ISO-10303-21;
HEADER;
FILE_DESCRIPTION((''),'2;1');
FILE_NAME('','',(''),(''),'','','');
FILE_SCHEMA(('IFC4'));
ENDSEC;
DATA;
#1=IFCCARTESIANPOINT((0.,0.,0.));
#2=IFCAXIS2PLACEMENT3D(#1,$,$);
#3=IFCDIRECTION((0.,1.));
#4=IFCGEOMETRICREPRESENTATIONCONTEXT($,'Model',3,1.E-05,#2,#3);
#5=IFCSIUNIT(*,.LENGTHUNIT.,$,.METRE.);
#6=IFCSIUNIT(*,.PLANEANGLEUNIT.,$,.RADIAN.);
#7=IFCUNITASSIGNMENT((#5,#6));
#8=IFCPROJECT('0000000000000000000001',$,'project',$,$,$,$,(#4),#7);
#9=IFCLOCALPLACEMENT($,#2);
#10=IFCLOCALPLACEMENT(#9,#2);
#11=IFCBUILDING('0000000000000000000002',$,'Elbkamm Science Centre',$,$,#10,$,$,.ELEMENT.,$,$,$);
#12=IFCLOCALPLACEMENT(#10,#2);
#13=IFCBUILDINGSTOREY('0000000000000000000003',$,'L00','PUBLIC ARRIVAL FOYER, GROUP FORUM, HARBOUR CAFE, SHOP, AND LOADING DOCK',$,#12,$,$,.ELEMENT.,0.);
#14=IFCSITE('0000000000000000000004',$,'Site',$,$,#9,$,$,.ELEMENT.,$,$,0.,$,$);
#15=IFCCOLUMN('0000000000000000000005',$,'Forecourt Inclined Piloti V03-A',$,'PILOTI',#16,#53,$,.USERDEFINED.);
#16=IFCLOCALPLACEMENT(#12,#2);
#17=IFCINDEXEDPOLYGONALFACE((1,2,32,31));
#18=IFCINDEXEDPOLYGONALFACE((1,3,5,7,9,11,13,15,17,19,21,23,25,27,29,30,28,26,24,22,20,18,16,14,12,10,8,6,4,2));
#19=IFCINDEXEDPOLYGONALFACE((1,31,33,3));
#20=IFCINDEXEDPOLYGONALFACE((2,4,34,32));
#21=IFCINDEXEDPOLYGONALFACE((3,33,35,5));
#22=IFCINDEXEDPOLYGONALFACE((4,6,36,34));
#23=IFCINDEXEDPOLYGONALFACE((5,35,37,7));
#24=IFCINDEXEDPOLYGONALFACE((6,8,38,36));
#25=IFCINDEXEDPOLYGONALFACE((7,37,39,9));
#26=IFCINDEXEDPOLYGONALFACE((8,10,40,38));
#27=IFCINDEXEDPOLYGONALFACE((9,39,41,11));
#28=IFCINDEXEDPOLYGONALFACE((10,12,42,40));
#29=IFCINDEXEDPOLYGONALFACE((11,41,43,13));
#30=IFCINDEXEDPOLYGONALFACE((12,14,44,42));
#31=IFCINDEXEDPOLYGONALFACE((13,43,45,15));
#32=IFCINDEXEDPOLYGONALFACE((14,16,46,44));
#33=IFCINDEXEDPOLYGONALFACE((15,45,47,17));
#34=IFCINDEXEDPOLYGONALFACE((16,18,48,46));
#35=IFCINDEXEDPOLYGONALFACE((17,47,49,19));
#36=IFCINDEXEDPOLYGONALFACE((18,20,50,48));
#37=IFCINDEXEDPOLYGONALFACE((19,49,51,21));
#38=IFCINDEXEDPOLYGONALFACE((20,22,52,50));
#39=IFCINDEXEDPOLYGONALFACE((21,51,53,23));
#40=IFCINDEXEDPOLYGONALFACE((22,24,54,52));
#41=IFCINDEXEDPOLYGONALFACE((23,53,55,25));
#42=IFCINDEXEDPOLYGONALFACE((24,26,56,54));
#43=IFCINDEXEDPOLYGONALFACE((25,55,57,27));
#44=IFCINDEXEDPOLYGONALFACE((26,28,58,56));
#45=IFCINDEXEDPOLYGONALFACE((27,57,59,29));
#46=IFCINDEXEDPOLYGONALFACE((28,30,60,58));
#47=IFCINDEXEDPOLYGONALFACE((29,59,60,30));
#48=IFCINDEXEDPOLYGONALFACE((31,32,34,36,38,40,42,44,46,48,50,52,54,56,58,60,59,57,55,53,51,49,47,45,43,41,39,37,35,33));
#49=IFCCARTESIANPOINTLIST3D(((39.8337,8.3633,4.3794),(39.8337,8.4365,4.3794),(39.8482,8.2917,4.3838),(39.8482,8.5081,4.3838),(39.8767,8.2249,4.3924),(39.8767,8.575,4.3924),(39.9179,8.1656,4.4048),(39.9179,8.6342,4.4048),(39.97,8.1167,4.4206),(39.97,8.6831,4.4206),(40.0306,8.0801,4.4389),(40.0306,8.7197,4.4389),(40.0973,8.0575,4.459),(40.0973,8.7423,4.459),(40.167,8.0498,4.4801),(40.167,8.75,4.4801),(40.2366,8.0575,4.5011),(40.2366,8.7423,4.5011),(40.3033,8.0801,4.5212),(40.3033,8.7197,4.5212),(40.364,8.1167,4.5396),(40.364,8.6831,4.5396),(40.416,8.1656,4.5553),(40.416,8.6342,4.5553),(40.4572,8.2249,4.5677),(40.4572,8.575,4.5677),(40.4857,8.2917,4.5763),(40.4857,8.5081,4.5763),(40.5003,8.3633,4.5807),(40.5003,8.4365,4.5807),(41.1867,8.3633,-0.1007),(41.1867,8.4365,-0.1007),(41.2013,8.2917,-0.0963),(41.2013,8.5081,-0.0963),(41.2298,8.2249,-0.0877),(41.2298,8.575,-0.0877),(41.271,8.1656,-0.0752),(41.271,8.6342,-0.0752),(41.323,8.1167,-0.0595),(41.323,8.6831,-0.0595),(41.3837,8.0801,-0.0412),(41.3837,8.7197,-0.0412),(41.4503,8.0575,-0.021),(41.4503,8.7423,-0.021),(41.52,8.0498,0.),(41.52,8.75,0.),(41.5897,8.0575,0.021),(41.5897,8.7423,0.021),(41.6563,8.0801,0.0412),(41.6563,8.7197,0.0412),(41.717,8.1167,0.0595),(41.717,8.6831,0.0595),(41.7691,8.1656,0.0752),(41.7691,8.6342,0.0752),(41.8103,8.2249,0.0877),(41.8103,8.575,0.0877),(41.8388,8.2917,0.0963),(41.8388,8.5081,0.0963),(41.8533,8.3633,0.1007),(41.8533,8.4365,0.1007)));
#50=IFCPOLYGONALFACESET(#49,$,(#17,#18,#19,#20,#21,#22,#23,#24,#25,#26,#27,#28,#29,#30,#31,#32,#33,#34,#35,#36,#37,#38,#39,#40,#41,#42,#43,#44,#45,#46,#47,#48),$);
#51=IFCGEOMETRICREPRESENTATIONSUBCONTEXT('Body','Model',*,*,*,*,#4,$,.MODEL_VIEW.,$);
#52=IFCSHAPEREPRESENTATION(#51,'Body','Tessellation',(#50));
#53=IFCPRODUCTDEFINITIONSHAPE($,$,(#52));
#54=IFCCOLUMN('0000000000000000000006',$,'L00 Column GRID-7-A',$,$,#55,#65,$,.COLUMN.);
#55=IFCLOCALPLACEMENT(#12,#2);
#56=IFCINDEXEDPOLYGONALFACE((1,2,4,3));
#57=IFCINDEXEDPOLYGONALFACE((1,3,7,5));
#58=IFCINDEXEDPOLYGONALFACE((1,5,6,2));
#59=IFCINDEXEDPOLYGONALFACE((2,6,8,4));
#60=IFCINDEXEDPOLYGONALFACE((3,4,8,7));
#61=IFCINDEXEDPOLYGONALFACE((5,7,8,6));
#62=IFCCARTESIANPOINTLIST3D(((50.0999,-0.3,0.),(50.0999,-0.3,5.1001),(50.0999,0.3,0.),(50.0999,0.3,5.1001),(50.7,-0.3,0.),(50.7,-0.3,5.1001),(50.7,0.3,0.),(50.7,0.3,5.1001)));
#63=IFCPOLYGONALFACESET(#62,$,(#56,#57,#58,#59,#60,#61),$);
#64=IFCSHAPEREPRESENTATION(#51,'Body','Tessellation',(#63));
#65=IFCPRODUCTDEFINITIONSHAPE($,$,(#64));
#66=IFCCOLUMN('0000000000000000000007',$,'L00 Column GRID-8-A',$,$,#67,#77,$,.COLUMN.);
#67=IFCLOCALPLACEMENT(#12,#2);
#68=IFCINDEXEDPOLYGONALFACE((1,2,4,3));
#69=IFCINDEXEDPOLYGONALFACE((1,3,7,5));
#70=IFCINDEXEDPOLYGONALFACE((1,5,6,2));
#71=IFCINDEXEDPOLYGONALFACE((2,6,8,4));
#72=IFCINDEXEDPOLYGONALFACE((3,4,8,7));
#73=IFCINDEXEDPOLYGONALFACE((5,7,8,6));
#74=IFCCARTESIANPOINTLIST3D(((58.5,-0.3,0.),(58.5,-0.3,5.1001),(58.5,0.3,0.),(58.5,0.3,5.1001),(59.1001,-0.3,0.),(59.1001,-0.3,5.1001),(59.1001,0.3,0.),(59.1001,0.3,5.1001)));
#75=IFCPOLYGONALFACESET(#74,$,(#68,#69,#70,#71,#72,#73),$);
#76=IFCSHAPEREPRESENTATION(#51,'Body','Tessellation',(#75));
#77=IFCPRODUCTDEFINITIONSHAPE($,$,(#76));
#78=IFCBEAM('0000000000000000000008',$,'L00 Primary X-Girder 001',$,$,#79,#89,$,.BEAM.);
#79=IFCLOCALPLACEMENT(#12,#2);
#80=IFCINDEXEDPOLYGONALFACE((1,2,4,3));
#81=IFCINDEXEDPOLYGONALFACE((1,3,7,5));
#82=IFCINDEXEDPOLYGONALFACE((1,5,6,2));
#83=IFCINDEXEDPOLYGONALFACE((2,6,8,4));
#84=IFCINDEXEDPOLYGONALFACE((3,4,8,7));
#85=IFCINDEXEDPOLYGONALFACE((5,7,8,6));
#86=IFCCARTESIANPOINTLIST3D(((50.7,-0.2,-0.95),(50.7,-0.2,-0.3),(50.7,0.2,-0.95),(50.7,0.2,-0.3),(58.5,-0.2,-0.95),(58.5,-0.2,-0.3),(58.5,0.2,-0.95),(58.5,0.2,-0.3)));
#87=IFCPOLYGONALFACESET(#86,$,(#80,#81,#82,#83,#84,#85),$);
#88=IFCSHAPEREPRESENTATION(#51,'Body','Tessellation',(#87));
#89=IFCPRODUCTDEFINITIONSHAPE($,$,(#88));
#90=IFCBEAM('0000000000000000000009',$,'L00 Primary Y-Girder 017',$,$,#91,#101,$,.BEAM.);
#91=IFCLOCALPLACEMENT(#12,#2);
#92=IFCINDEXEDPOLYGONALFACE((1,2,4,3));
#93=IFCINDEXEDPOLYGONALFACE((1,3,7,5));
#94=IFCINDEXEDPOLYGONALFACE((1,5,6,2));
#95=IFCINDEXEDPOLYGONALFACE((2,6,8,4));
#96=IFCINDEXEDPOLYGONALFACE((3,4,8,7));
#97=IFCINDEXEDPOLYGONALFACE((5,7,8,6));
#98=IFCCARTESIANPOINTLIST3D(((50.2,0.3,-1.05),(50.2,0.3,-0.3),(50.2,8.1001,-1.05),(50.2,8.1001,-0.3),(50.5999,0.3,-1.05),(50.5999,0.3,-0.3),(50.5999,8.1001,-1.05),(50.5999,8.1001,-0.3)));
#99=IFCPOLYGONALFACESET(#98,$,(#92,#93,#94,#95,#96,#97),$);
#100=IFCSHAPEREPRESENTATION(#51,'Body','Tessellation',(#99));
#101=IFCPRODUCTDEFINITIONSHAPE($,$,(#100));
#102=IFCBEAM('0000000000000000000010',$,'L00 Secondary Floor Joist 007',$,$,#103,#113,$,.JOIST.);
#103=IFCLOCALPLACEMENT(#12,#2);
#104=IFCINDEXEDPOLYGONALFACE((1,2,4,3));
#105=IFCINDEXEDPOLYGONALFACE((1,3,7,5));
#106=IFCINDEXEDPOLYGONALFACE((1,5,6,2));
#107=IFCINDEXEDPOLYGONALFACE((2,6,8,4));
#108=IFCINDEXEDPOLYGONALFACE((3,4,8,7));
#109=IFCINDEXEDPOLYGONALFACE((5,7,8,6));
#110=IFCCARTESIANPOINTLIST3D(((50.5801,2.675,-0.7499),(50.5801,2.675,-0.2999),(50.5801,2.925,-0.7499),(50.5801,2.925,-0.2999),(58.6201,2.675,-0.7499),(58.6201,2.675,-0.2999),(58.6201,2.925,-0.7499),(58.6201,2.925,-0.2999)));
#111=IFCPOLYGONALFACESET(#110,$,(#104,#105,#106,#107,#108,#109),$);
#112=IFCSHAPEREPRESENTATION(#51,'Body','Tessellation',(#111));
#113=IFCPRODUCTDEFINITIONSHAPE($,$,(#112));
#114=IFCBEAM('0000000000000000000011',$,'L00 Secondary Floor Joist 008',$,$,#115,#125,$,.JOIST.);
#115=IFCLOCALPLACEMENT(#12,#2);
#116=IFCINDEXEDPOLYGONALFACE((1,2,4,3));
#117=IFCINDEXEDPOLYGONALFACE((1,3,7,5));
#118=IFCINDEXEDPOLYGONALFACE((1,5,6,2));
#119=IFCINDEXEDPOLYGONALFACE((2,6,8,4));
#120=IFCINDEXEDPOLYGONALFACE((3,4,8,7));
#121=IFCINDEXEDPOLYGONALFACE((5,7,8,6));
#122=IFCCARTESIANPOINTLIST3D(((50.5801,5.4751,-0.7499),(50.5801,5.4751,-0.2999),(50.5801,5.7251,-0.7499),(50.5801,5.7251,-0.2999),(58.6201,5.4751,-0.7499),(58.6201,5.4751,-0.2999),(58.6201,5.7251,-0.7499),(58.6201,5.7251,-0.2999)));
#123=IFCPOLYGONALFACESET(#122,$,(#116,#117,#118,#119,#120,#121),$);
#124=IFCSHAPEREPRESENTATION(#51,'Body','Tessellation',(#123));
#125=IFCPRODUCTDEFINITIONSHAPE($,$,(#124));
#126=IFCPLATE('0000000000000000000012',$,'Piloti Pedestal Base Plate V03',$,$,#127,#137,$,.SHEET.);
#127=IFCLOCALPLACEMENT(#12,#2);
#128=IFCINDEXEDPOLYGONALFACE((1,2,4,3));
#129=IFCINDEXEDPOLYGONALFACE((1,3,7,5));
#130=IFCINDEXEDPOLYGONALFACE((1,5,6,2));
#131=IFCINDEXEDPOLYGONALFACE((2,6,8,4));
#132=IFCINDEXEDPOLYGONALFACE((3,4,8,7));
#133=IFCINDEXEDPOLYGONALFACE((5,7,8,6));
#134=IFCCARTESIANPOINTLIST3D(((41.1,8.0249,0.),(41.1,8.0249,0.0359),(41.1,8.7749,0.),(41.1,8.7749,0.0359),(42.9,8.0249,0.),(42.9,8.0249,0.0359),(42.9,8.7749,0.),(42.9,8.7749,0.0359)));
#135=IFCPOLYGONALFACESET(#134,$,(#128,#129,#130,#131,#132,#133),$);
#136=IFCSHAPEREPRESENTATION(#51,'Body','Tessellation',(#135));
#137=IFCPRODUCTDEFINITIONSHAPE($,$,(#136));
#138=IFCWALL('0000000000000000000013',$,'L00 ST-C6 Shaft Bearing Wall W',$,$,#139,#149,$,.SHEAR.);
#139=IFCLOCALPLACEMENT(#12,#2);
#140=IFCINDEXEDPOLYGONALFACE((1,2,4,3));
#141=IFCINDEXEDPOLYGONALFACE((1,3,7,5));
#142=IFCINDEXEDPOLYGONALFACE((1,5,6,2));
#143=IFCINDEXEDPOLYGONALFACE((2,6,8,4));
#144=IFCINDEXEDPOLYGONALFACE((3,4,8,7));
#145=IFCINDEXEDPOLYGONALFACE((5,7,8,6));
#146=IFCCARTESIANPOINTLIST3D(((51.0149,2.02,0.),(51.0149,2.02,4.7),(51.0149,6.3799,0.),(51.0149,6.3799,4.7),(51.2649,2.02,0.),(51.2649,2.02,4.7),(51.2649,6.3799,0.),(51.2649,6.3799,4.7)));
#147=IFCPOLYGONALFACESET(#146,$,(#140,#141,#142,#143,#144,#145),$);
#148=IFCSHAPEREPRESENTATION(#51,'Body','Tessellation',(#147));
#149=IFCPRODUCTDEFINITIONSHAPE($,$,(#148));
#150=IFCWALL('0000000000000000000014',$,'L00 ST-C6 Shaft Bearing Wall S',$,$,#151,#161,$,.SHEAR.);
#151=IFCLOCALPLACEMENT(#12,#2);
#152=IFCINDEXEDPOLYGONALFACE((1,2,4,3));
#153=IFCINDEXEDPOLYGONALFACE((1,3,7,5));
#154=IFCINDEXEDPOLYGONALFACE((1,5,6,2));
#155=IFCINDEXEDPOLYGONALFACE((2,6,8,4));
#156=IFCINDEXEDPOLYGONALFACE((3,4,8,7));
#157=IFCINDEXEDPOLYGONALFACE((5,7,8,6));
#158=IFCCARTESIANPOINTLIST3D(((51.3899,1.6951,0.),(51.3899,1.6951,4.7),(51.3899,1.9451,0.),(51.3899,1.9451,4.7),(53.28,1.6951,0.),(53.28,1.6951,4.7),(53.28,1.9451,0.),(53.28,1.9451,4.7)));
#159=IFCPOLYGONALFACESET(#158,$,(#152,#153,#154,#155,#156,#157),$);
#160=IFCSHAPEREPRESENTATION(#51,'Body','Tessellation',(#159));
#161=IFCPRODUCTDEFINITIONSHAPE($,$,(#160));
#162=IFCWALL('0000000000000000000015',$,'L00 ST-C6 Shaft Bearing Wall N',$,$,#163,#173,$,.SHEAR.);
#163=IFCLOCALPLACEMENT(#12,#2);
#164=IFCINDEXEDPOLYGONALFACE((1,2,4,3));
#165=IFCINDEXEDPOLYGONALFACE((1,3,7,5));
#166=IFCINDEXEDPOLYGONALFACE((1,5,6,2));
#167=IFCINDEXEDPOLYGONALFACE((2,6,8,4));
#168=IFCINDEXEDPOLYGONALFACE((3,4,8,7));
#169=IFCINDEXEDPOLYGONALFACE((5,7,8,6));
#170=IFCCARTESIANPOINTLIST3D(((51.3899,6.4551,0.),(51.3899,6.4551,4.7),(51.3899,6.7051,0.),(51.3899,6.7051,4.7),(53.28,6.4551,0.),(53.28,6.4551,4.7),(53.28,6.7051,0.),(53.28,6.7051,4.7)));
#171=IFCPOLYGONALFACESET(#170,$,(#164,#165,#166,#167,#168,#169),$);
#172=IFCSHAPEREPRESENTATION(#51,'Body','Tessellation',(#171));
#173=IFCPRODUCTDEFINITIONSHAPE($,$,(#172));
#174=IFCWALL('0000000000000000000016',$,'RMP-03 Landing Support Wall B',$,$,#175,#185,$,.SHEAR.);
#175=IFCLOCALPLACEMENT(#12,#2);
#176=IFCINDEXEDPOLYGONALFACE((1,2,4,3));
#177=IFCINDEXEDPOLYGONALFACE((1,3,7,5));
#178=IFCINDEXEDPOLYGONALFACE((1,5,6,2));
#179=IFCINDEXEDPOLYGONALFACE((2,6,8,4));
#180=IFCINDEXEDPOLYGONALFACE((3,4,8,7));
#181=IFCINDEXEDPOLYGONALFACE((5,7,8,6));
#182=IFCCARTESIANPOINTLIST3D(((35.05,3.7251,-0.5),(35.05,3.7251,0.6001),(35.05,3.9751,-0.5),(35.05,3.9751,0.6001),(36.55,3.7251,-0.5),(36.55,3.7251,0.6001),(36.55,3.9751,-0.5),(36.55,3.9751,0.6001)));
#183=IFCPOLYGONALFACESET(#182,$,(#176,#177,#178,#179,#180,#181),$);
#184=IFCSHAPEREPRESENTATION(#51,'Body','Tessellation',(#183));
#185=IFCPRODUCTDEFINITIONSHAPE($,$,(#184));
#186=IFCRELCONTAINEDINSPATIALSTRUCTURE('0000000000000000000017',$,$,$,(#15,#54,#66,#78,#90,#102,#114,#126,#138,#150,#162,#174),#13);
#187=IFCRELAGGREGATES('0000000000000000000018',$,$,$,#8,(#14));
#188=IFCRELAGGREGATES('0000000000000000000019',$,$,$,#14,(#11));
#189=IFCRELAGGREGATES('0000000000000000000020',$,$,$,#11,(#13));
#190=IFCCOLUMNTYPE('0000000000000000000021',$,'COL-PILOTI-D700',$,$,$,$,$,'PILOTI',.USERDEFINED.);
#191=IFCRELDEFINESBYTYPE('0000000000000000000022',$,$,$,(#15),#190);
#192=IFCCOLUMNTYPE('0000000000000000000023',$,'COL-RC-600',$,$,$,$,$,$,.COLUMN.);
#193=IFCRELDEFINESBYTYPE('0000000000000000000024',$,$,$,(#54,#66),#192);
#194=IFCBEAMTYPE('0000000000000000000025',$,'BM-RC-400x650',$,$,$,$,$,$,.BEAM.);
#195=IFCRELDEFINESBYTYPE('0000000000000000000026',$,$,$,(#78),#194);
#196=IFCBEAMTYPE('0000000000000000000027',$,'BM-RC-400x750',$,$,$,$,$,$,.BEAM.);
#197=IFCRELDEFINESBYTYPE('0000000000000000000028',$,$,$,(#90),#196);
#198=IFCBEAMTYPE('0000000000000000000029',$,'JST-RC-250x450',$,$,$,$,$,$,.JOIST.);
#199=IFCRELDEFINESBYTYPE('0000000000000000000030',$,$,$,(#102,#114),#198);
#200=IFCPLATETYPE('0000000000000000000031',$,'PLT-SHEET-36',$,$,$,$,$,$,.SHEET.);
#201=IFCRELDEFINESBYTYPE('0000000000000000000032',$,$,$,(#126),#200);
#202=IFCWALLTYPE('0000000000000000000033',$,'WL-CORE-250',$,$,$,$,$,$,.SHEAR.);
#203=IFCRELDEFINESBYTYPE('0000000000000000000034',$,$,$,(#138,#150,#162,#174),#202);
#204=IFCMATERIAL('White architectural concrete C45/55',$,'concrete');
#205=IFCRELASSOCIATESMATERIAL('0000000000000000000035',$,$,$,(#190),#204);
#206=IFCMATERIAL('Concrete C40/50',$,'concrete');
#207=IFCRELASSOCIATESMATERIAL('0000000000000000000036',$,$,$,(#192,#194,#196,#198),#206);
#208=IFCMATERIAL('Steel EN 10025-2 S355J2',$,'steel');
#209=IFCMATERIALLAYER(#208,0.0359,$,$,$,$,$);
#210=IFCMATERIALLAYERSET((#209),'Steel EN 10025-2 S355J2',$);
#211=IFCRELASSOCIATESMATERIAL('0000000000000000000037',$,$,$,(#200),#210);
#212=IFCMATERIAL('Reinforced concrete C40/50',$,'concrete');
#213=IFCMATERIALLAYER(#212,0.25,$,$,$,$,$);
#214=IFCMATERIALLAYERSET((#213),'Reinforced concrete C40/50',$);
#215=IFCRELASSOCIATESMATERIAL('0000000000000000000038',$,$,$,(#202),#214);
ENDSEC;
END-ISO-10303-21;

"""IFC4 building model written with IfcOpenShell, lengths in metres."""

from ifc_helpers import new_model, si_unit, direction, frame, frame_2d, origin, origin_2d, place, context, subcontext, project, spatial, rectangle, circle, extrude, material, layer, layer_set, material_profile, profile_set, type_object, element, save


model = new_model("IFC4")

# Units and contexts
model_context = context("Model", 3, precision=1e-05, world=origin(), true_north=direction((0.0, 1.0)))
body_context = subcontext(model_context, "Body", "Model", "MODEL_VIEW")
ifc_project = project(units=[si_unit("LENGTHUNIT", "METRE"), si_unit("PLANEANGLEUNIT", "RADIAN")], contexts=[model_context])

# Site, building, storey
site_placement = place(None, origin())
site = spatial("IfcSite", under=ifc_project, at=site_placement, Name="Site", CompositionType="ELEMENT", RefElevation=0.0)
building_placement = place(site_placement, origin())
building = spatial("IfcBuilding", under=site, at=building_placement, Name="Elbkamm Science Centre", CompositionType="ELEMENT")
storey_placement = place(building_placement, origin())
storey = spatial("IfcBuildingStorey", under=building, at=storey_placement, Name="L00", Description="PUBLIC ARRIVAL FOYER, GROUP FORUM, HARBOUR CAFE, SHOP, AND LOADING DOCK", CompositionType="ELEMENT", Elevation=0.0)

# Columns
ifc_material_1 = material(Name="White architectural concrete C45/55", Category="concrete")
ifc_material_profile_1 = material_profile(ifc_material_1, circle(Radius=0.3501, at=origin_2d()), Name="RC D700")
ifc_profile_set_1 = profile_set([ifc_material_profile_1], Name="White architectural concrete C45/55")
column_type_1 = type_object("IfcColumnType", Name="COL-PILOTI-D700", ElementType="PILOTI", PredefinedType="USERDEFINED", material=ifc_profile_set_1)
column_placement = place(storey_placement, frame((41.52, 8.3999, 0.0), z_axis=(-0.289118, 0.0, 0.957293), x_axis=(0.0, -1.0, 0.0)))
element("IfcColumn", 1, at=column_placement, inside=storey, type_object=column_type_1, Name="Forecourt Inclined Piloti V03-A", ObjectType="PILOTI", PredefinedType="USERDEFINED", context=body_context, shape_type="SweptSolid", body=[
    extrude(circle(Radius=0.3501, at=origin_2d()), origin(), (0.0, 0.0, 1.0), 4.6799),
])
ifc_material_2 = material(Name="Concrete C40/50", Category="concrete")
ifc_material_profile_2 = material_profile(ifc_material_2, rectangle(XDim=0.6001, YDim=0.6001, at=origin_2d()), Name="RC 600x600")
ifc_profile_set_2 = profile_set([ifc_material_profile_2], Name="Concrete C40/50")
column_type_2 = type_object("IfcColumnType", Name="COL-RC-600", PredefinedType="COLUMN", material=ifc_profile_set_2)
for number, where, z_axis, x_axis, name in (
    (2, (50.3999, 0.0, 0.0), (0.0, 0.0, 1.0), (1.0, 0.0, 0.0), "L00 Column GRID-7-A"),
    (3, (58.8, 0.0, 0.0), (0.0, 0.0, 1.0), (1.0, 0.0, 0.0), "L00 Column GRID-8-A"),
):
    element("IfcColumn", number, at=place(storey_placement, frame(where, z_axis=z_axis, x_axis=x_axis)), inside=storey, type_object=column_type_2, Name=name, PredefinedType="COLUMN", context=body_context, shape_type="SweptSolid", body=[
        extrude(rectangle(XDim=0.6001, YDim=0.6001, at=origin_2d()), origin(), (0.0, 0.0, 1.0), 5.1001),
    ])

# Beams
ifc_material_profile_3 = material_profile(ifc_material_2, rectangle(XDim=0.3999, YDim=0.6499, at=origin_2d()), Name="RC 400x650")
ifc_profile_set_3 = profile_set([ifc_material_profile_3], Name="Concrete C40/50")
beam_type_1 = type_object("IfcBeamType", Name="BM-RC-400x650", PredefinedType="BEAM", material=ifc_profile_set_3)
beam_1_placement = place(storey_placement, frame((50.7, 0.0, -0.625), z_axis=(1.0, 0.0, 0.0), x_axis=(0.0, 1.0, 0.0)))
element("IfcBeam", 4, at=beam_1_placement, inside=storey, type_object=beam_type_1, Name="L00 Primary X-Girder 001", PredefinedType="BEAM", context=body_context, shape_type="SweptSolid", body=[
    extrude(rectangle(XDim=0.3999, YDim=0.6499, at=origin_2d()), origin(), (0.0, 0.0, 1.0), 7.8),
])
ifc_material_profile_4 = material_profile(ifc_material_2, rectangle(XDim=0.3999, YDim=0.75, at=origin_2d()), Name="RC 400x750")
ifc_profile_set_4 = profile_set([ifc_material_profile_4], Name="Concrete C40/50")
beam_type_2 = type_object("IfcBeamType", Name="BM-RC-400x750", PredefinedType="BEAM", material=ifc_profile_set_4)
beam_2_placement = place(storey_placement, frame((50.3999, 0.3, -0.675), z_axis=(0.0, 1.0, 0.0), x_axis=(-1.0, 0.0, 0.0)))
element("IfcBeam", 5, at=beam_2_placement, inside=storey, type_object=beam_type_2, Name="L00 Primary Y-Girder 017", PredefinedType="BEAM", context=body_context, shape_type="SweptSolid", body=[
    extrude(rectangle(XDim=0.3999, YDim=0.75, at=origin_2d()), origin(), (0.0, 0.0, 1.0), 7.8),
])
ifc_material_profile_5 = material_profile(ifc_material_2, rectangle(XDim=0.25, YDim=0.45, at=origin_2d()), Name="RC 250x450")
ifc_profile_set_5 = profile_set([ifc_material_profile_5], Name="Concrete C40/50")
beam_type_3 = type_object("IfcBeamType", Name="JST-RC-250x450", PredefinedType="JOIST", material=ifc_profile_set_5)
for number, where, z_axis, x_axis, name in (
    (6, (50.5801, 2.8, -0.5249), (1.0, 0.0, 0.0), (0.0, 1.0, 0.0), "L00 Secondary Floor Joist 007"),
    (7, (50.5801, 5.6001, -0.5249), (1.0, 0.0, 0.0), (0.0, 1.0, 0.0), "L00 Secondary Floor Joist 008"),
):
    element("IfcBeam", number, at=place(storey_placement, frame(where, z_axis=z_axis, x_axis=x_axis)), inside=storey, type_object=beam_type_3, Name=name, PredefinedType="JOIST", context=body_context, shape_type="SweptSolid", body=[
        extrude(rectangle(XDim=0.25, YDim=0.45, at=origin_2d()), origin(), (0.0, 0.0, 1.0), 8.04),
    ])

# Plate
ifc_material_3 = material(Name="Steel EN 10025-2 S355J2", Category="steel")
ifc_layer_1 = layer(ifc_material_3, 0.0359)
ifc_layer_set_1 = layer_set([ifc_layer_1], Name="Steel EN 10025-2 S355J2")
plate_type = type_object("IfcPlateType", Name="PLT-SHEET-36", PredefinedType="SHEET", material=ifc_layer_set_1)
plate_placement = place(storey_placement, frame((42.0, 8.3999, 0.0), z_axis=(0.0, 0.0, 1.0), x_axis=(1.0, 0.0, 0.0)))
element("IfcPlate", 8, at=plate_placement, inside=storey, type_object=plate_type, Name="Piloti Pedestal Base Plate V03", PredefinedType="SHEET", context=body_context, shape_type="SweptSolid", body=[
    extrude(rectangle(XDim=1.8, YDim=0.75, at=origin_2d()), origin(), (0.0, 0.0, 1.0), 0.0359),
])

# Walls
ifc_material_4 = material(Name="Reinforced concrete C40/50", Category="concrete")
ifc_layer_2 = layer(ifc_material_4, 0.25)
ifc_layer_set_2 = layer_set([ifc_layer_2], Name="Reinforced concrete C40/50")
wall_type_1 = type_object("IfcWallType", Name="WL-CORE-250", PredefinedType="SHEAR", material=ifc_layer_set_2)
wall_1_placement = place(storey_placement, frame((51.1399, 2.02, 0.0), z_axis=(0.0, 0.0, 1.0), x_axis=(0.0, 1.0, 0.0)))
element("IfcWall", 9, at=wall_1_placement, inside=storey, type_object=wall_type_1, Name="L00 ST-C6 Shaft Bearing Wall W", PredefinedType="SHEAR", context=body_context, shape_type="SweptSolid", body=[
    extrude(rectangle(XDim=4.3599, YDim=0.25, at=frame_2d((2.1799, 0.0))), origin(), (0.0, 0.0, 1.0), 4.7),
])
for number, where, z_axis, x_axis, name in (
    (10, (51.3899, 1.8201, 0.0), (0.0, 0.0, 1.0), (1.0, 0.0, 0.0), "L00 ST-C6 Shaft Bearing Wall S"),
    (11, (51.3899, 6.5801, 0.0), (0.0, 0.0, 1.0), (1.0, 0.0, 0.0), "L00 ST-C6 Shaft Bearing Wall N"),
):
    element("IfcWall", number, at=place(storey_placement, frame(where, z_axis=z_axis, x_axis=x_axis)), inside=storey, type_object=wall_type_1, Name=name, PredefinedType="SHEAR", context=body_context, shape_type="SweptSolid", body=[
        extrude(rectangle(XDim=1.8901, YDim=0.25, at=frame_2d((0.9451, 0.0))), origin(), (0.0, 0.0, 1.0), 4.7),
    ])
wall_2_placement = place(storey_placement, frame((35.05, 3.8501, -0.5), z_axis=(0.0, 0.0, 1.0), x_axis=(1.0, 0.0, 0.0)))
element("IfcWall", 12, at=wall_2_placement, inside=storey, type_object=wall_type_1, Name="RMP-03 Landing Support Wall B", PredefinedType="SHEAR", context=body_context, shape_type="SweptSolid", body=[
    extrude(rectangle(XDim=1.5, YDim=0.25, at=frame_2d((0.75, 0.0))), origin(), (0.0, 0.0, 1.0), 1.1001),
])

save(model, "model.ifc")
